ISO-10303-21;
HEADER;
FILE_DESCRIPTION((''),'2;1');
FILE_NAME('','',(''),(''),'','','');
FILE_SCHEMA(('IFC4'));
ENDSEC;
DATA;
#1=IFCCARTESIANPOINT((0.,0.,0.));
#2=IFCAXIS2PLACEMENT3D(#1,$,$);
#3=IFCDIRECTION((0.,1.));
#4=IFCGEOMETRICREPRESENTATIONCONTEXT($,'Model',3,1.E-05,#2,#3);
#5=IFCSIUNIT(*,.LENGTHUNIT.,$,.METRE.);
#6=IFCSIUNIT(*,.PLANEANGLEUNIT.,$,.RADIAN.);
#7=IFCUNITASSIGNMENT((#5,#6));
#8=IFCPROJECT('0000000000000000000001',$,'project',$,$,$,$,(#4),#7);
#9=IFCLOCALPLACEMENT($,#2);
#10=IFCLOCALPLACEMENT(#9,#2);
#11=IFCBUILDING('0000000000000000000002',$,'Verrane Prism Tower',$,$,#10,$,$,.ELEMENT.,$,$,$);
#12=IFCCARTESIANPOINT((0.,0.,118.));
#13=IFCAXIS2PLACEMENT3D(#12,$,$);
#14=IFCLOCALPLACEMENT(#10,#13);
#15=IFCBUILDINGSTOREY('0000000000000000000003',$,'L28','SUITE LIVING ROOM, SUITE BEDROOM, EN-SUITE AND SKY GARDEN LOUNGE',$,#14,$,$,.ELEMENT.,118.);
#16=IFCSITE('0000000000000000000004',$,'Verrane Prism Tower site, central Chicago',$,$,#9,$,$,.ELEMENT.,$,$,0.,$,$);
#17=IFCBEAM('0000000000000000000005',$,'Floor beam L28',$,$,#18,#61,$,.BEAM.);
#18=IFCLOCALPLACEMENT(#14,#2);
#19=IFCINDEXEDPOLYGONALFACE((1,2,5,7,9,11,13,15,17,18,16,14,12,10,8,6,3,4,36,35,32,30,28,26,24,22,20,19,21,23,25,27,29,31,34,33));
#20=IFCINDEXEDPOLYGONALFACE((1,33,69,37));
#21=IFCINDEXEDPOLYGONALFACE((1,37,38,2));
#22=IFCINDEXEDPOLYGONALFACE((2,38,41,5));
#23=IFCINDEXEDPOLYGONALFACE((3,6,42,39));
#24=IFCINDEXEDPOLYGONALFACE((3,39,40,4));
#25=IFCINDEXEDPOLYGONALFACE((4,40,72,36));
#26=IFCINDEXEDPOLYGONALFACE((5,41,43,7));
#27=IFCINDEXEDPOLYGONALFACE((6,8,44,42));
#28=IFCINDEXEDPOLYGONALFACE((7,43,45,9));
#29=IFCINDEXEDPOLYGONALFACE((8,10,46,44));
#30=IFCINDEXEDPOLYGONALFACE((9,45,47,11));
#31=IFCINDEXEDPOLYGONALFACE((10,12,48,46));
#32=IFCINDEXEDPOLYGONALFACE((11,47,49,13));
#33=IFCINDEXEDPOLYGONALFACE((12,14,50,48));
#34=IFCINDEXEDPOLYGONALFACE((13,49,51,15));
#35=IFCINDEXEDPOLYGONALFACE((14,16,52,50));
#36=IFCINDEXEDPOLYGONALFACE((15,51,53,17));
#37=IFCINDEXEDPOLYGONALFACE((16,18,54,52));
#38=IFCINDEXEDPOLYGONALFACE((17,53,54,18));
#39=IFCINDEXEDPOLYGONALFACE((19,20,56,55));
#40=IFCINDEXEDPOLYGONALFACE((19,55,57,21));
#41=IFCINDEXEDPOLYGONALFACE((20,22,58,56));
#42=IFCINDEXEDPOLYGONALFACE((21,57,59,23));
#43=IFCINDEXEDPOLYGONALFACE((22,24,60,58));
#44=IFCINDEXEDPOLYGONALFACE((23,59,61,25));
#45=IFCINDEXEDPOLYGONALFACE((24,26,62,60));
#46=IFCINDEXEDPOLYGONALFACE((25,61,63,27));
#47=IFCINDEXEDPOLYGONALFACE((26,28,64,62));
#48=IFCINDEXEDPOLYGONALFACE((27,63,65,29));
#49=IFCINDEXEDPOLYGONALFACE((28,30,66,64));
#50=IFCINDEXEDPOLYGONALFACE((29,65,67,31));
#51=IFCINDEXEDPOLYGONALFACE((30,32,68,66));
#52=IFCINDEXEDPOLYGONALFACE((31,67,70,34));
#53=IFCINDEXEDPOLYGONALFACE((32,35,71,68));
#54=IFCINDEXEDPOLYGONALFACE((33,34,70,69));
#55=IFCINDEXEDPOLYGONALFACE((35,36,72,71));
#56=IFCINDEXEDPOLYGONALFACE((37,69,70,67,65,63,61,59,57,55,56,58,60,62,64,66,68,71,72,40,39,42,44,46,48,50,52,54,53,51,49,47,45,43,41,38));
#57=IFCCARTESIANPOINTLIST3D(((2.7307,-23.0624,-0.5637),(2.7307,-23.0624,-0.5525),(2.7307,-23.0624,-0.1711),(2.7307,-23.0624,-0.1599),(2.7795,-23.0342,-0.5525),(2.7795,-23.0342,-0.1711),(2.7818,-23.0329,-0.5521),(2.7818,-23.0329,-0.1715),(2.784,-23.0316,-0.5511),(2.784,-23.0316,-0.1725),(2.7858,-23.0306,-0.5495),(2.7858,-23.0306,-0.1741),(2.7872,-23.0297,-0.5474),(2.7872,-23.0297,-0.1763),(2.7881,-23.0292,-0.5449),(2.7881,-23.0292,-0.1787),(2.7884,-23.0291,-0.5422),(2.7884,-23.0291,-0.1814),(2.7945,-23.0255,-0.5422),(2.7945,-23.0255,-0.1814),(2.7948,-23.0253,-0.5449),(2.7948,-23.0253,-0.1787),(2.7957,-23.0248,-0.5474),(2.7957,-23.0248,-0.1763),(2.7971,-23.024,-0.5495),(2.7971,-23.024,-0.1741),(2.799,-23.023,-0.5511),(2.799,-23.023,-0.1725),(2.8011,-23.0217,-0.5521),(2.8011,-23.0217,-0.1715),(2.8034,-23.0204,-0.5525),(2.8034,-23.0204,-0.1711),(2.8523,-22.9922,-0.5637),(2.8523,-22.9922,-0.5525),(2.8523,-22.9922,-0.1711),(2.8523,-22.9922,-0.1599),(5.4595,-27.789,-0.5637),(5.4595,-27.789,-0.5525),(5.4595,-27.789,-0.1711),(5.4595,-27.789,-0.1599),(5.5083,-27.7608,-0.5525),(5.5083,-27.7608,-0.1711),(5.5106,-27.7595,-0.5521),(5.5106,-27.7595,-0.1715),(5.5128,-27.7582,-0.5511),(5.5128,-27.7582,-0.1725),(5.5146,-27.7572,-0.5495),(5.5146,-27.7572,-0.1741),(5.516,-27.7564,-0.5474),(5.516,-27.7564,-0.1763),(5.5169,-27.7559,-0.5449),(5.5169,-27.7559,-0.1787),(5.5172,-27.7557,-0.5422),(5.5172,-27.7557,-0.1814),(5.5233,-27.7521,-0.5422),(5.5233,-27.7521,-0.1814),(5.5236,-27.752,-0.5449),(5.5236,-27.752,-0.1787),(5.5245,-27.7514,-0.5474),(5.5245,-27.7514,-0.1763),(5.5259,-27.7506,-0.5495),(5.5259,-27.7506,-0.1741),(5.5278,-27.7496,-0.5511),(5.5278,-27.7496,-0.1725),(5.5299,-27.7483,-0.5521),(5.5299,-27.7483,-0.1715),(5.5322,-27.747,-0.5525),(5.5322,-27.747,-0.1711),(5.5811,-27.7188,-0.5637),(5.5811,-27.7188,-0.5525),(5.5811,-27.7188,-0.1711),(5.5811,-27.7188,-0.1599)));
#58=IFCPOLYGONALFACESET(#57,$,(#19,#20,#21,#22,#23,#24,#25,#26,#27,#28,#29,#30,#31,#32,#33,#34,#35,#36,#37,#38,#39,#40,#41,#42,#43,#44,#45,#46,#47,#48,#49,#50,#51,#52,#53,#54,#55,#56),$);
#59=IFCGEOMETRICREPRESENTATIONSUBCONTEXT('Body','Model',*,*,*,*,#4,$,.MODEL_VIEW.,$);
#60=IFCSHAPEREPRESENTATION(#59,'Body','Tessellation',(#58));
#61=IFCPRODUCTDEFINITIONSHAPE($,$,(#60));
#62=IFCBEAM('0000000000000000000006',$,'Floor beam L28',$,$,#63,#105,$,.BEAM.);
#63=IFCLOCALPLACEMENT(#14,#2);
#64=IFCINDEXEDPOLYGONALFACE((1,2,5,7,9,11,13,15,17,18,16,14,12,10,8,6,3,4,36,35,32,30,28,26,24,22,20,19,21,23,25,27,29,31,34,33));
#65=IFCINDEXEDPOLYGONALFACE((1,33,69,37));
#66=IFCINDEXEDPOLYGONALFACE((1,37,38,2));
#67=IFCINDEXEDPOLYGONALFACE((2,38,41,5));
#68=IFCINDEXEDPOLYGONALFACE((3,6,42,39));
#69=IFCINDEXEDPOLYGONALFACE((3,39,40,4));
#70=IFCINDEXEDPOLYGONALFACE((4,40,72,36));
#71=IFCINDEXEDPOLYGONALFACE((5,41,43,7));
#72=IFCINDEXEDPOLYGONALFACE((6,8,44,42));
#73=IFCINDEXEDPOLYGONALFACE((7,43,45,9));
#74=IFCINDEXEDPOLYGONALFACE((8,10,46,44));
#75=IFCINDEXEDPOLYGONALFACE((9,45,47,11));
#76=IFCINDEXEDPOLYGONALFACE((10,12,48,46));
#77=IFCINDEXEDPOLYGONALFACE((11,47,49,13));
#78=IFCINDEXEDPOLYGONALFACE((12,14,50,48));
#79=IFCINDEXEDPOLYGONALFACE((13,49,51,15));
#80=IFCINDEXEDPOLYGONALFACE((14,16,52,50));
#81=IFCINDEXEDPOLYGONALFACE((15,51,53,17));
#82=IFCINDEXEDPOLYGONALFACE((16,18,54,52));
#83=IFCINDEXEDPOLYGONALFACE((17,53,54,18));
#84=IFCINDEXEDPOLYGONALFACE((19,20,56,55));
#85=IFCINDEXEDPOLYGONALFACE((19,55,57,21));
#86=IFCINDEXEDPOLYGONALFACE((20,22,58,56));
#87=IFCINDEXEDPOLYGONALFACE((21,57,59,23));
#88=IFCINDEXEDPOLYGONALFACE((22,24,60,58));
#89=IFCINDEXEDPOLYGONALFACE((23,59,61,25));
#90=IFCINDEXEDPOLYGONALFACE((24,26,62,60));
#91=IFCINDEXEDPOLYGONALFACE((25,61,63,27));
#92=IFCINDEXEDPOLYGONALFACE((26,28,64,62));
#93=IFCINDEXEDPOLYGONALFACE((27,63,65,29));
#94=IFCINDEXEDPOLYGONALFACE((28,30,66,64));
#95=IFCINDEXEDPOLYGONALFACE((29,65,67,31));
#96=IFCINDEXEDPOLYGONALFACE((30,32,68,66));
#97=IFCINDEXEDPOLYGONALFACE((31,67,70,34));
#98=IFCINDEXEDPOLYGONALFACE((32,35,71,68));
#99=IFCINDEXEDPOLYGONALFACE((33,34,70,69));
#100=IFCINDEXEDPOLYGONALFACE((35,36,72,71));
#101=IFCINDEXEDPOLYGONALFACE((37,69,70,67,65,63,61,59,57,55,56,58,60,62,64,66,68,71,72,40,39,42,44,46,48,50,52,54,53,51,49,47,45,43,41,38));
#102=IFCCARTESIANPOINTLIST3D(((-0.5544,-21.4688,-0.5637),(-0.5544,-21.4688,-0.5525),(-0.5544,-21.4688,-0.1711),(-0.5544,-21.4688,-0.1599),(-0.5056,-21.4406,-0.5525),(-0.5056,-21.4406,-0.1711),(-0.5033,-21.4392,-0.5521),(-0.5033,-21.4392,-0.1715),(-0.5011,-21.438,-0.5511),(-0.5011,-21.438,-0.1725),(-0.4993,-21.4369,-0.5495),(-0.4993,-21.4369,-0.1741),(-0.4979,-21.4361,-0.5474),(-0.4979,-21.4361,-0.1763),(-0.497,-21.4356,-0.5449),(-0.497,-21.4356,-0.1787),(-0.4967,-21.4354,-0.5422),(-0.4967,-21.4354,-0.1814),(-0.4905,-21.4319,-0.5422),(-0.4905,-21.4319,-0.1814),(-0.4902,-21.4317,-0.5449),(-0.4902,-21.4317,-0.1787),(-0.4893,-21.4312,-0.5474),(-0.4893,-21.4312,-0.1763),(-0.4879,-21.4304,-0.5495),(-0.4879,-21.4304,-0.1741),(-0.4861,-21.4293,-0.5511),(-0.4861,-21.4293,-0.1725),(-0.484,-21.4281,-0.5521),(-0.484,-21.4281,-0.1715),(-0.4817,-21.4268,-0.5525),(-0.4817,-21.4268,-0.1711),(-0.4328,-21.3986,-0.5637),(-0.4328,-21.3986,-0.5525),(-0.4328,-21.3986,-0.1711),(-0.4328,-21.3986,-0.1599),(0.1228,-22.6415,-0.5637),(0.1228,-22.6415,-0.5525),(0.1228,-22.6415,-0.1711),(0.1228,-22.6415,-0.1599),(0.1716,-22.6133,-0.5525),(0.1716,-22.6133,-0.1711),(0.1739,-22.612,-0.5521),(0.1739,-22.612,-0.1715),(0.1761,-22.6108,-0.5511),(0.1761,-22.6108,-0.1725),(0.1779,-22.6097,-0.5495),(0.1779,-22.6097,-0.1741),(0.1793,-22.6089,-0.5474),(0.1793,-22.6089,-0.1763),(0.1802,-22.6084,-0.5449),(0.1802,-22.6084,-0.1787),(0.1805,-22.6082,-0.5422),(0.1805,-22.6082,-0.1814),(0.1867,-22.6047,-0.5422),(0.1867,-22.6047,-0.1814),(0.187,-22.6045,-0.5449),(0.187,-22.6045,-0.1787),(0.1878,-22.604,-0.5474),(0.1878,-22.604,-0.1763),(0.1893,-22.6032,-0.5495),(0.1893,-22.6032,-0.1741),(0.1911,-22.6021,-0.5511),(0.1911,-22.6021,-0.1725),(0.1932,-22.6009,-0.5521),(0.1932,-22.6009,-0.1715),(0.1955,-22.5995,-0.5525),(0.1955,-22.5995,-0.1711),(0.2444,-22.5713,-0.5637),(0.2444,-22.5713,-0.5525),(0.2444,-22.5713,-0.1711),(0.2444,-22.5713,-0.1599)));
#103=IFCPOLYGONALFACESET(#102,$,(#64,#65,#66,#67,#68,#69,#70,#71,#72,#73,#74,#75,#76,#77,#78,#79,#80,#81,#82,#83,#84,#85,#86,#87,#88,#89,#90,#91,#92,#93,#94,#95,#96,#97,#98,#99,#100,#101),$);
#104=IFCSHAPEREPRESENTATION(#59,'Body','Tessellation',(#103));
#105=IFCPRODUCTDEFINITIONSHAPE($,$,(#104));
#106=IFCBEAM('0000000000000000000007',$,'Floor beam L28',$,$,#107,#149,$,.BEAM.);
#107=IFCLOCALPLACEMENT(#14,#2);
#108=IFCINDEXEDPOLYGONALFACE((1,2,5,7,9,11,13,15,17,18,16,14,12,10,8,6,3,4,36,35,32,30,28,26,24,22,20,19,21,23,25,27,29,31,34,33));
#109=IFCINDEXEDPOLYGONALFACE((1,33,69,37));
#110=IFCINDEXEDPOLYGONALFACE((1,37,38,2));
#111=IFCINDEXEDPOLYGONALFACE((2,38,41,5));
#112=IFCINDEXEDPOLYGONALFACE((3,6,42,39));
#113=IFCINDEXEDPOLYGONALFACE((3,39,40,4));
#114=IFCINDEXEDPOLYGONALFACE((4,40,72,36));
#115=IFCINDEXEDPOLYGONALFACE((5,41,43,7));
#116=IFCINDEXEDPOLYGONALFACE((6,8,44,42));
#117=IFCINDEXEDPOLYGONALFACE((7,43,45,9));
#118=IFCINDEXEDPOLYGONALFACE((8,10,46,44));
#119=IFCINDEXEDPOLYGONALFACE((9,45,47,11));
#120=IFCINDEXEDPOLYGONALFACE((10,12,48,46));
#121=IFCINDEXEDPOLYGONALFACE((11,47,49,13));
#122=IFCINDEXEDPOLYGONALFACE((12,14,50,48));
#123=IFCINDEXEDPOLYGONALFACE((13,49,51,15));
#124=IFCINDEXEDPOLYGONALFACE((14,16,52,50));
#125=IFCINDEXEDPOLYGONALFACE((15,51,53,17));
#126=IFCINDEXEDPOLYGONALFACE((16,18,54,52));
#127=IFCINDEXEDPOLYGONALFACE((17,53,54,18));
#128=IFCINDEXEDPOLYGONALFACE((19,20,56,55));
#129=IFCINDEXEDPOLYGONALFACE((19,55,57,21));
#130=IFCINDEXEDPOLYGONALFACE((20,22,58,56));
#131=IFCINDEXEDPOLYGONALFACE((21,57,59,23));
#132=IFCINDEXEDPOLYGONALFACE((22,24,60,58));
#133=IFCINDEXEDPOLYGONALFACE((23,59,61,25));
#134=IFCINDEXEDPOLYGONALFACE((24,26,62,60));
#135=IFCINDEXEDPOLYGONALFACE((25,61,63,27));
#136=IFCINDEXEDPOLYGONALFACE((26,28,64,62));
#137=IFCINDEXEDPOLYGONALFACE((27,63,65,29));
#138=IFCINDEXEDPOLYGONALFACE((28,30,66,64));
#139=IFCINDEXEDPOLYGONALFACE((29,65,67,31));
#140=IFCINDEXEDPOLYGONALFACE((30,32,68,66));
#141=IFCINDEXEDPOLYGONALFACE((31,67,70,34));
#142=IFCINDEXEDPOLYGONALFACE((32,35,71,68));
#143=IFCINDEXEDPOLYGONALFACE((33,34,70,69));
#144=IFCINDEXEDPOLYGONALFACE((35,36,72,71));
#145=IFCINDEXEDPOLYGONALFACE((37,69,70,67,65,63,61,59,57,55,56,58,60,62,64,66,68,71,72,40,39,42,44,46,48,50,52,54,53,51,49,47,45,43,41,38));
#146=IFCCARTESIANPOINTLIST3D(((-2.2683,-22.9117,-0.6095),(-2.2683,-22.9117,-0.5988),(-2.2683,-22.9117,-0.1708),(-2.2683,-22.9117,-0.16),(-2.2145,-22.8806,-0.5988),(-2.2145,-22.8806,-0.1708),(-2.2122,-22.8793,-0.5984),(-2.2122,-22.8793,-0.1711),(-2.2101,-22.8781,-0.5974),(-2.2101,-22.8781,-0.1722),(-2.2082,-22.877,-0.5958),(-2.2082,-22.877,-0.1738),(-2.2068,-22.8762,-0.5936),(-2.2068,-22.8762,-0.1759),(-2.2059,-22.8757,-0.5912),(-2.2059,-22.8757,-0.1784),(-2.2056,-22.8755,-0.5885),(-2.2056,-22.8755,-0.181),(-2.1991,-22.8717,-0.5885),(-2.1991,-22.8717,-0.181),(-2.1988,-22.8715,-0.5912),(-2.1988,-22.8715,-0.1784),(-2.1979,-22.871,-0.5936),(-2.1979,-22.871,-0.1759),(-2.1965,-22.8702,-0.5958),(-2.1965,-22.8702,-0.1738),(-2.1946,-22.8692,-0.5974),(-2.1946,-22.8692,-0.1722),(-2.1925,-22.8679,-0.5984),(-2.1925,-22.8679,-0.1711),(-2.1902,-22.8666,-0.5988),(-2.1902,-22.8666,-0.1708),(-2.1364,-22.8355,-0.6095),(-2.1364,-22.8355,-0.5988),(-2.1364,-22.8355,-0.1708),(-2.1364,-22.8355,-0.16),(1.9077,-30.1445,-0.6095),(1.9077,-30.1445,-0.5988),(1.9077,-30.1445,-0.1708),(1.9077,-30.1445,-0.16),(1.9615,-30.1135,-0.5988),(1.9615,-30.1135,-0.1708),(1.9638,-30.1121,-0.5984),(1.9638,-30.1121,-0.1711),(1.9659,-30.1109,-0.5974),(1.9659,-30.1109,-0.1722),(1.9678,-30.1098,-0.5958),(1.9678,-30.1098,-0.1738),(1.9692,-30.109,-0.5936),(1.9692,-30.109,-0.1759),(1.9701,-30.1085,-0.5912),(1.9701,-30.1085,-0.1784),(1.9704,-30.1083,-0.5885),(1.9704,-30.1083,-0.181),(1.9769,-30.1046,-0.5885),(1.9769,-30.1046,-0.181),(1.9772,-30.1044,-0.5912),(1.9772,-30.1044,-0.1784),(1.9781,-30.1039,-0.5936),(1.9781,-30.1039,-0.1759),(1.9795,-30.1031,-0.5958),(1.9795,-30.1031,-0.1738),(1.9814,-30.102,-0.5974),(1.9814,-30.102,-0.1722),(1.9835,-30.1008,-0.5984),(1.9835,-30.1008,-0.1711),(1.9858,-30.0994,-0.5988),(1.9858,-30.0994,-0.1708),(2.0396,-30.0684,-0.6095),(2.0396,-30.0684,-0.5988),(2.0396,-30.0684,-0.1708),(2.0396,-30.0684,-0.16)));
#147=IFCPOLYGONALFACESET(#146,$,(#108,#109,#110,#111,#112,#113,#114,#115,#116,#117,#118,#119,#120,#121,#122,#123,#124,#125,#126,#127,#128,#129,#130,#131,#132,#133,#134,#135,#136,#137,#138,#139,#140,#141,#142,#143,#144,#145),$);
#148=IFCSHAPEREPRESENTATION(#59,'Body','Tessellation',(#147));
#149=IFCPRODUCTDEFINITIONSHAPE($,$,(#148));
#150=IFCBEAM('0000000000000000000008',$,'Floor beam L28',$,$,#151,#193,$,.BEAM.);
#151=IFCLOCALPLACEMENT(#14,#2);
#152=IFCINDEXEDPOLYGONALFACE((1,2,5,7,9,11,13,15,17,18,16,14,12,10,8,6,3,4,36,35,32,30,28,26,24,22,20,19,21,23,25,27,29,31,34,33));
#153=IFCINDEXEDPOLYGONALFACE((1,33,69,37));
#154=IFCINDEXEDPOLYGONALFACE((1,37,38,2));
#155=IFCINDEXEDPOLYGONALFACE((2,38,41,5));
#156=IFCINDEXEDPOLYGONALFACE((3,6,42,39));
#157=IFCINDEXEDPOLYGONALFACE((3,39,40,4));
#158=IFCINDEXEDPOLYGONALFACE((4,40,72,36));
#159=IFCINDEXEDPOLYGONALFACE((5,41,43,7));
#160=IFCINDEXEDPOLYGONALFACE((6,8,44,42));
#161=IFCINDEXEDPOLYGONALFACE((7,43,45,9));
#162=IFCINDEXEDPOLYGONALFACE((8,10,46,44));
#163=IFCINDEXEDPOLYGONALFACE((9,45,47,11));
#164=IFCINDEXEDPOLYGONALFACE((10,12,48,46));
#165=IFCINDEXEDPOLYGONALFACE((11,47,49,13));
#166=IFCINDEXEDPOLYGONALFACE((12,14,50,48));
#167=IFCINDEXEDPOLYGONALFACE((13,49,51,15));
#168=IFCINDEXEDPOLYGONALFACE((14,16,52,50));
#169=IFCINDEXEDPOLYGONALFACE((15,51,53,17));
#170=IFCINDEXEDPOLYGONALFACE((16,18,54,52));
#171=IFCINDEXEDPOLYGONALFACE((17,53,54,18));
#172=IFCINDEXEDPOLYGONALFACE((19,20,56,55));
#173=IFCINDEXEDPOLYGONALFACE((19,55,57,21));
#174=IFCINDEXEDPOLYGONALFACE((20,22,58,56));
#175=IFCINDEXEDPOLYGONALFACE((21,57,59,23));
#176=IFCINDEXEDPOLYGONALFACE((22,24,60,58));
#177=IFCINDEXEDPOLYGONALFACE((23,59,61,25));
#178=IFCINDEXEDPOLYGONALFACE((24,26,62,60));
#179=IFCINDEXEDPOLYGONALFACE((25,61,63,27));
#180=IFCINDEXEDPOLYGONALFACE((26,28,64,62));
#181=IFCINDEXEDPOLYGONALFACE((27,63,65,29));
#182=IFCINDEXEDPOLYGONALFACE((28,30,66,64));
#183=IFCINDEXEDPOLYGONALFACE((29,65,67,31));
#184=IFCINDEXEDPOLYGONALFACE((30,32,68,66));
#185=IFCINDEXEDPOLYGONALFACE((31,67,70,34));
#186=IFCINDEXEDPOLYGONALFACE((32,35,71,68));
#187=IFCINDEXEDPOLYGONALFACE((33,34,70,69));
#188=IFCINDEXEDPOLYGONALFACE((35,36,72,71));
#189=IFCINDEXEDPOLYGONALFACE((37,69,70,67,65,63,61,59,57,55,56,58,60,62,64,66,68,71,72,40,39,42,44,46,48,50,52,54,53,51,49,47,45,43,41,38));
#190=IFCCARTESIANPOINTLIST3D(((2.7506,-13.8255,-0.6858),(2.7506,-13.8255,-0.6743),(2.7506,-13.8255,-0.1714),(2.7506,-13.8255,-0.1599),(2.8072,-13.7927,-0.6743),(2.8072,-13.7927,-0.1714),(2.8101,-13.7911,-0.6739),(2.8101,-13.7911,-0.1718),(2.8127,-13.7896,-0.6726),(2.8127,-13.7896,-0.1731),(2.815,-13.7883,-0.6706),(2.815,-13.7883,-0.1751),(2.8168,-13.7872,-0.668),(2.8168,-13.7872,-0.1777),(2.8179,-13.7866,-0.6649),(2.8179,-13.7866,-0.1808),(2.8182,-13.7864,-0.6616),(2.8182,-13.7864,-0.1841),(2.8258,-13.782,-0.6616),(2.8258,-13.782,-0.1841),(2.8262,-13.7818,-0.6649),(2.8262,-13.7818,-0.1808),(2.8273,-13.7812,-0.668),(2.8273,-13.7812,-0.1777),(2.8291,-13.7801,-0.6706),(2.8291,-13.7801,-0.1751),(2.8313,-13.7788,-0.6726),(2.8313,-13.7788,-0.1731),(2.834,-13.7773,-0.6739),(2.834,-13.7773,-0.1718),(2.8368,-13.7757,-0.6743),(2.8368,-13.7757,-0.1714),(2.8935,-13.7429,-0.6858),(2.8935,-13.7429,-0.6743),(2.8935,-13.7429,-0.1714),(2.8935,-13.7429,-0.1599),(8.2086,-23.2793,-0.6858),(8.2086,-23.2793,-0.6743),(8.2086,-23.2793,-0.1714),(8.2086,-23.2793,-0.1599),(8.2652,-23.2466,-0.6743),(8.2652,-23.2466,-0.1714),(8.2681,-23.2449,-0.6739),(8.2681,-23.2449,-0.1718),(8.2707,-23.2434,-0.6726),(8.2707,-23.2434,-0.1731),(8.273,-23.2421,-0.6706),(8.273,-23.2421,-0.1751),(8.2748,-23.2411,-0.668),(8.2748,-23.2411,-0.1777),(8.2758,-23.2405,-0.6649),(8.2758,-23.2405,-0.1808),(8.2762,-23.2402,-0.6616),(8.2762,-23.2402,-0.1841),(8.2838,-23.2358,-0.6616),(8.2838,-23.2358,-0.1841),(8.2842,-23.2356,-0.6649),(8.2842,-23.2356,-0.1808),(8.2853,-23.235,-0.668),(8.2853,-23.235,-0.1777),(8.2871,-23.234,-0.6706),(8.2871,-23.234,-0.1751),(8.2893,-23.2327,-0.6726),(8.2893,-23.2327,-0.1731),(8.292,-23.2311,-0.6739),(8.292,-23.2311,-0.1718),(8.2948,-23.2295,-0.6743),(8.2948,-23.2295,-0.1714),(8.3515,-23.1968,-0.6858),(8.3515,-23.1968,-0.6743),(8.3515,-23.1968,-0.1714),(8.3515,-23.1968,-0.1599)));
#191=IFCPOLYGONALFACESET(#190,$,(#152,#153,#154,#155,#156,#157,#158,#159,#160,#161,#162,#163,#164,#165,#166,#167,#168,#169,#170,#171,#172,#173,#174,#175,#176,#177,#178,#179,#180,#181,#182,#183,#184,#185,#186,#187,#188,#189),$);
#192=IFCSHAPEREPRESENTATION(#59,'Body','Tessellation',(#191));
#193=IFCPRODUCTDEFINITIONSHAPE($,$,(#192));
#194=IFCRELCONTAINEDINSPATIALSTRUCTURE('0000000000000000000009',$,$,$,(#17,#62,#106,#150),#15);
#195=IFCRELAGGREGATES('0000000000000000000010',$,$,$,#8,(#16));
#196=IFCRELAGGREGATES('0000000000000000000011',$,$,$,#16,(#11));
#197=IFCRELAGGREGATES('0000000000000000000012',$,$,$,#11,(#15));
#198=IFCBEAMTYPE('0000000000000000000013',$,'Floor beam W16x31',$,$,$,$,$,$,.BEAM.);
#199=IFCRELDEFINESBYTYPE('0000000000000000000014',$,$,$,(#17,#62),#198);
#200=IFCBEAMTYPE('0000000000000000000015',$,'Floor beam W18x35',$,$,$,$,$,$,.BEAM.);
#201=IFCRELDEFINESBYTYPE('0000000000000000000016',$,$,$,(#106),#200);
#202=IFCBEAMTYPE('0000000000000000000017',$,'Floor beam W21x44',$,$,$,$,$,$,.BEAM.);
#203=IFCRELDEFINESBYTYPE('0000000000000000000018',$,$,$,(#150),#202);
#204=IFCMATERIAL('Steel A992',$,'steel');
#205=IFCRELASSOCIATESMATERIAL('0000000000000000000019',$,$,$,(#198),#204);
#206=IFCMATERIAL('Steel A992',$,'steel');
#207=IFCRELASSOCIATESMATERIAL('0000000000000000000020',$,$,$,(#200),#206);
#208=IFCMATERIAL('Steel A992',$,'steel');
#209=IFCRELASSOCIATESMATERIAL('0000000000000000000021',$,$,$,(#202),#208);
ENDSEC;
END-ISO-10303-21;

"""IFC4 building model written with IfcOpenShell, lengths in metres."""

from ifc_helpers import new_model, si_unit, direction, frame, origin, origin_2d, place, context, subcontext, project, spatial, i_section, extrude, material, material_profile, profile_set, type_object, element, save


model = new_model("IFC4")

# Units and contexts
model_context = context("Model", 3, precision=1e-05, world=origin(), true_north=direction((0.0, 1.0)))
body_context = subcontext(model_context, "Body", "Model", "MODEL_VIEW")
ifc_project = project(units=[si_unit("LENGTHUNIT", "METRE"), si_unit("PLANEANGLEUNIT", "RADIAN")], contexts=[model_context])

# Site, building, storey
site_placement = place(None, origin())
site = spatial("IfcSite", under=ifc_project, at=site_placement, Name="Verrane Prism Tower site, central Chicago", CompositionType="ELEMENT", RefElevation=0.0)
building_placement = place(site_placement, origin())
building = spatial("IfcBuilding", under=site, at=building_placement, Name="Verrane Prism Tower", CompositionType="ELEMENT")
storey_placement = place(building_placement, frame((0.0, 0.0, 118.0)))
storey = spatial("IfcBuildingStorey", under=building, at=storey_placement, Name="L28", Description="SUITE LIVING ROOM, SUITE BEDROOM, EN-SUITE AND SKY GARDEN LOUNGE", CompositionType="ELEMENT", Elevation=118.0)

# Beams
ifc_material_1 = material(Name="Steel A992", Category="steel")
ifc_material_profile_1 = material_profile(ifc_material_1, i_section(OverallWidth=0.1404, OverallDepth=0.4038, WebThickness=0.0071, FlangeThickness=0.0112, FilletRadius=0.0103, at=origin_2d()), Name="W16x31")
ifc_profile_set_1 = profile_set([ifc_material_profile_1], Name="Steel A992")
beam_type_1 = type_object("IfcBeamType", Name="Floor beam W16x31", PredefinedType="BEAM", material=ifc_profile_set_1)
beam_1_placement = place(storey_placement, frame((5.5203, -27.7539, -0.3618), z_axis=(-0.499983, 0.866035, 0.0), x_axis=(-0.866035, -0.499983, 0.0)))
element("IfcBeam", 1, at=beam_1_placement, inside=storey, type_object=beam_type_1, Name="Floor beam L28", PredefinedType="BEAM", context=body_context, shape_type="SweptSolid", body=[
    extrude(i_section(OverallWidth=0.1404, OverallDepth=0.4038, WebThickness=0.0071, FlangeThickness=0.0112, FilletRadius=0.0103, at=origin_2d()), origin(), (0.0, 0.0, 1.0), 5.4578),
])
beam_2_placement = place(storey_placement, frame((0.1836, -22.6064, -0.3618), z_axis=(-0.500055, 0.865993, 0.0), x_axis=(-0.865993, -0.500055, 0.0)))
element("IfcBeam", 2, at=beam_2_placement, inside=storey, type_object=beam_type_1, Name="Floor beam L28", PredefinedType="BEAM", context=body_context, shape_type="SweptSolid", body=[
    extrude(i_section(OverallWidth=0.1404, OverallDepth=0.4038, WebThickness=0.0071, FlangeThickness=0.0112, FilletRadius=0.0103, at=origin_2d()), origin(), (0.0, 0.0, 1.0), 1.3542),
])
ifc_material_2 = material(Name="Steel A992", Category="steel")
ifc_material_profile_2 = material_profile(ifc_material_2, i_section(OverallWidth=0.1523, OverallDepth=0.4495, WebThickness=0.0076, FlangeThickness=0.0107, FilletRadius=0.0103, at=origin_2d()), Name="W18x35")
ifc_profile_set_2 = profile_set([ifc_material_profile_2], Name="Steel A992")
beam_type_2 = type_object("IfcBeamType", Name="Floor beam W18x35", PredefinedType="BEAM", material=ifc_profile_set_2)
beam_3_placement = place(storey_placement, frame((1.9736, -30.1064, -0.3848), z_axis=(-0.500009, 0.86602, 0.0), x_axis=(-0.86602, -0.500009, 0.0)))
element("IfcBeam", 3, at=beam_3_placement, inside=storey, type_object=beam_type_2, Name="Floor beam L28", PredefinedType="BEAM", context=body_context, shape_type="SweptSolid", body=[
    extrude(i_section(OverallWidth=0.1523, OverallDepth=0.4495, WebThickness=0.0076, FlangeThickness=0.0107, FilletRadius=0.0103, at=origin_2d()), origin(), (0.0, 0.0, 1.0), 8.3518),
])
ifc_material_3 = material(Name="Steel A992", Category="steel")
ifc_material_profile_3 = material_profile(ifc_material_3, i_section(OverallWidth=0.165, OverallDepth=0.5259, WebThickness=0.0088, FlangeThickness=0.0115, FilletRadius=0.0127, at=origin_2d()), Name="W21x44")
ifc_profile_set_3 = profile_set([ifc_material_profile_3], Name="Steel A992")
beam_type_3 = type_object("IfcBeamType", Name="Floor beam W21x44", PredefinedType="BEAM", material=ifc_profile_set_3)
beam_4_placement = place(storey_placement, frame((8.28, -23.238, -0.4229), z_axis=(-0.499988, 0.866033, 0.0), x_axis=(-0.866033, -0.499988, 0.0)))
element("IfcBeam", 4, at=beam_4_placement, inside=storey, type_object=beam_type_3, Name="Floor beam L28", PredefinedType="BEAM", context=body_context, shape_type="SweptSolid", body=[
    extrude(i_section(OverallWidth=0.165, OverallDepth=0.5259, WebThickness=0.0088, FlangeThickness=0.0115, FilletRadius=0.0127, at=origin_2d()), origin(), (0.0, 0.0, 1.0), 10.9163),
])

save(model, "model.ifc")
